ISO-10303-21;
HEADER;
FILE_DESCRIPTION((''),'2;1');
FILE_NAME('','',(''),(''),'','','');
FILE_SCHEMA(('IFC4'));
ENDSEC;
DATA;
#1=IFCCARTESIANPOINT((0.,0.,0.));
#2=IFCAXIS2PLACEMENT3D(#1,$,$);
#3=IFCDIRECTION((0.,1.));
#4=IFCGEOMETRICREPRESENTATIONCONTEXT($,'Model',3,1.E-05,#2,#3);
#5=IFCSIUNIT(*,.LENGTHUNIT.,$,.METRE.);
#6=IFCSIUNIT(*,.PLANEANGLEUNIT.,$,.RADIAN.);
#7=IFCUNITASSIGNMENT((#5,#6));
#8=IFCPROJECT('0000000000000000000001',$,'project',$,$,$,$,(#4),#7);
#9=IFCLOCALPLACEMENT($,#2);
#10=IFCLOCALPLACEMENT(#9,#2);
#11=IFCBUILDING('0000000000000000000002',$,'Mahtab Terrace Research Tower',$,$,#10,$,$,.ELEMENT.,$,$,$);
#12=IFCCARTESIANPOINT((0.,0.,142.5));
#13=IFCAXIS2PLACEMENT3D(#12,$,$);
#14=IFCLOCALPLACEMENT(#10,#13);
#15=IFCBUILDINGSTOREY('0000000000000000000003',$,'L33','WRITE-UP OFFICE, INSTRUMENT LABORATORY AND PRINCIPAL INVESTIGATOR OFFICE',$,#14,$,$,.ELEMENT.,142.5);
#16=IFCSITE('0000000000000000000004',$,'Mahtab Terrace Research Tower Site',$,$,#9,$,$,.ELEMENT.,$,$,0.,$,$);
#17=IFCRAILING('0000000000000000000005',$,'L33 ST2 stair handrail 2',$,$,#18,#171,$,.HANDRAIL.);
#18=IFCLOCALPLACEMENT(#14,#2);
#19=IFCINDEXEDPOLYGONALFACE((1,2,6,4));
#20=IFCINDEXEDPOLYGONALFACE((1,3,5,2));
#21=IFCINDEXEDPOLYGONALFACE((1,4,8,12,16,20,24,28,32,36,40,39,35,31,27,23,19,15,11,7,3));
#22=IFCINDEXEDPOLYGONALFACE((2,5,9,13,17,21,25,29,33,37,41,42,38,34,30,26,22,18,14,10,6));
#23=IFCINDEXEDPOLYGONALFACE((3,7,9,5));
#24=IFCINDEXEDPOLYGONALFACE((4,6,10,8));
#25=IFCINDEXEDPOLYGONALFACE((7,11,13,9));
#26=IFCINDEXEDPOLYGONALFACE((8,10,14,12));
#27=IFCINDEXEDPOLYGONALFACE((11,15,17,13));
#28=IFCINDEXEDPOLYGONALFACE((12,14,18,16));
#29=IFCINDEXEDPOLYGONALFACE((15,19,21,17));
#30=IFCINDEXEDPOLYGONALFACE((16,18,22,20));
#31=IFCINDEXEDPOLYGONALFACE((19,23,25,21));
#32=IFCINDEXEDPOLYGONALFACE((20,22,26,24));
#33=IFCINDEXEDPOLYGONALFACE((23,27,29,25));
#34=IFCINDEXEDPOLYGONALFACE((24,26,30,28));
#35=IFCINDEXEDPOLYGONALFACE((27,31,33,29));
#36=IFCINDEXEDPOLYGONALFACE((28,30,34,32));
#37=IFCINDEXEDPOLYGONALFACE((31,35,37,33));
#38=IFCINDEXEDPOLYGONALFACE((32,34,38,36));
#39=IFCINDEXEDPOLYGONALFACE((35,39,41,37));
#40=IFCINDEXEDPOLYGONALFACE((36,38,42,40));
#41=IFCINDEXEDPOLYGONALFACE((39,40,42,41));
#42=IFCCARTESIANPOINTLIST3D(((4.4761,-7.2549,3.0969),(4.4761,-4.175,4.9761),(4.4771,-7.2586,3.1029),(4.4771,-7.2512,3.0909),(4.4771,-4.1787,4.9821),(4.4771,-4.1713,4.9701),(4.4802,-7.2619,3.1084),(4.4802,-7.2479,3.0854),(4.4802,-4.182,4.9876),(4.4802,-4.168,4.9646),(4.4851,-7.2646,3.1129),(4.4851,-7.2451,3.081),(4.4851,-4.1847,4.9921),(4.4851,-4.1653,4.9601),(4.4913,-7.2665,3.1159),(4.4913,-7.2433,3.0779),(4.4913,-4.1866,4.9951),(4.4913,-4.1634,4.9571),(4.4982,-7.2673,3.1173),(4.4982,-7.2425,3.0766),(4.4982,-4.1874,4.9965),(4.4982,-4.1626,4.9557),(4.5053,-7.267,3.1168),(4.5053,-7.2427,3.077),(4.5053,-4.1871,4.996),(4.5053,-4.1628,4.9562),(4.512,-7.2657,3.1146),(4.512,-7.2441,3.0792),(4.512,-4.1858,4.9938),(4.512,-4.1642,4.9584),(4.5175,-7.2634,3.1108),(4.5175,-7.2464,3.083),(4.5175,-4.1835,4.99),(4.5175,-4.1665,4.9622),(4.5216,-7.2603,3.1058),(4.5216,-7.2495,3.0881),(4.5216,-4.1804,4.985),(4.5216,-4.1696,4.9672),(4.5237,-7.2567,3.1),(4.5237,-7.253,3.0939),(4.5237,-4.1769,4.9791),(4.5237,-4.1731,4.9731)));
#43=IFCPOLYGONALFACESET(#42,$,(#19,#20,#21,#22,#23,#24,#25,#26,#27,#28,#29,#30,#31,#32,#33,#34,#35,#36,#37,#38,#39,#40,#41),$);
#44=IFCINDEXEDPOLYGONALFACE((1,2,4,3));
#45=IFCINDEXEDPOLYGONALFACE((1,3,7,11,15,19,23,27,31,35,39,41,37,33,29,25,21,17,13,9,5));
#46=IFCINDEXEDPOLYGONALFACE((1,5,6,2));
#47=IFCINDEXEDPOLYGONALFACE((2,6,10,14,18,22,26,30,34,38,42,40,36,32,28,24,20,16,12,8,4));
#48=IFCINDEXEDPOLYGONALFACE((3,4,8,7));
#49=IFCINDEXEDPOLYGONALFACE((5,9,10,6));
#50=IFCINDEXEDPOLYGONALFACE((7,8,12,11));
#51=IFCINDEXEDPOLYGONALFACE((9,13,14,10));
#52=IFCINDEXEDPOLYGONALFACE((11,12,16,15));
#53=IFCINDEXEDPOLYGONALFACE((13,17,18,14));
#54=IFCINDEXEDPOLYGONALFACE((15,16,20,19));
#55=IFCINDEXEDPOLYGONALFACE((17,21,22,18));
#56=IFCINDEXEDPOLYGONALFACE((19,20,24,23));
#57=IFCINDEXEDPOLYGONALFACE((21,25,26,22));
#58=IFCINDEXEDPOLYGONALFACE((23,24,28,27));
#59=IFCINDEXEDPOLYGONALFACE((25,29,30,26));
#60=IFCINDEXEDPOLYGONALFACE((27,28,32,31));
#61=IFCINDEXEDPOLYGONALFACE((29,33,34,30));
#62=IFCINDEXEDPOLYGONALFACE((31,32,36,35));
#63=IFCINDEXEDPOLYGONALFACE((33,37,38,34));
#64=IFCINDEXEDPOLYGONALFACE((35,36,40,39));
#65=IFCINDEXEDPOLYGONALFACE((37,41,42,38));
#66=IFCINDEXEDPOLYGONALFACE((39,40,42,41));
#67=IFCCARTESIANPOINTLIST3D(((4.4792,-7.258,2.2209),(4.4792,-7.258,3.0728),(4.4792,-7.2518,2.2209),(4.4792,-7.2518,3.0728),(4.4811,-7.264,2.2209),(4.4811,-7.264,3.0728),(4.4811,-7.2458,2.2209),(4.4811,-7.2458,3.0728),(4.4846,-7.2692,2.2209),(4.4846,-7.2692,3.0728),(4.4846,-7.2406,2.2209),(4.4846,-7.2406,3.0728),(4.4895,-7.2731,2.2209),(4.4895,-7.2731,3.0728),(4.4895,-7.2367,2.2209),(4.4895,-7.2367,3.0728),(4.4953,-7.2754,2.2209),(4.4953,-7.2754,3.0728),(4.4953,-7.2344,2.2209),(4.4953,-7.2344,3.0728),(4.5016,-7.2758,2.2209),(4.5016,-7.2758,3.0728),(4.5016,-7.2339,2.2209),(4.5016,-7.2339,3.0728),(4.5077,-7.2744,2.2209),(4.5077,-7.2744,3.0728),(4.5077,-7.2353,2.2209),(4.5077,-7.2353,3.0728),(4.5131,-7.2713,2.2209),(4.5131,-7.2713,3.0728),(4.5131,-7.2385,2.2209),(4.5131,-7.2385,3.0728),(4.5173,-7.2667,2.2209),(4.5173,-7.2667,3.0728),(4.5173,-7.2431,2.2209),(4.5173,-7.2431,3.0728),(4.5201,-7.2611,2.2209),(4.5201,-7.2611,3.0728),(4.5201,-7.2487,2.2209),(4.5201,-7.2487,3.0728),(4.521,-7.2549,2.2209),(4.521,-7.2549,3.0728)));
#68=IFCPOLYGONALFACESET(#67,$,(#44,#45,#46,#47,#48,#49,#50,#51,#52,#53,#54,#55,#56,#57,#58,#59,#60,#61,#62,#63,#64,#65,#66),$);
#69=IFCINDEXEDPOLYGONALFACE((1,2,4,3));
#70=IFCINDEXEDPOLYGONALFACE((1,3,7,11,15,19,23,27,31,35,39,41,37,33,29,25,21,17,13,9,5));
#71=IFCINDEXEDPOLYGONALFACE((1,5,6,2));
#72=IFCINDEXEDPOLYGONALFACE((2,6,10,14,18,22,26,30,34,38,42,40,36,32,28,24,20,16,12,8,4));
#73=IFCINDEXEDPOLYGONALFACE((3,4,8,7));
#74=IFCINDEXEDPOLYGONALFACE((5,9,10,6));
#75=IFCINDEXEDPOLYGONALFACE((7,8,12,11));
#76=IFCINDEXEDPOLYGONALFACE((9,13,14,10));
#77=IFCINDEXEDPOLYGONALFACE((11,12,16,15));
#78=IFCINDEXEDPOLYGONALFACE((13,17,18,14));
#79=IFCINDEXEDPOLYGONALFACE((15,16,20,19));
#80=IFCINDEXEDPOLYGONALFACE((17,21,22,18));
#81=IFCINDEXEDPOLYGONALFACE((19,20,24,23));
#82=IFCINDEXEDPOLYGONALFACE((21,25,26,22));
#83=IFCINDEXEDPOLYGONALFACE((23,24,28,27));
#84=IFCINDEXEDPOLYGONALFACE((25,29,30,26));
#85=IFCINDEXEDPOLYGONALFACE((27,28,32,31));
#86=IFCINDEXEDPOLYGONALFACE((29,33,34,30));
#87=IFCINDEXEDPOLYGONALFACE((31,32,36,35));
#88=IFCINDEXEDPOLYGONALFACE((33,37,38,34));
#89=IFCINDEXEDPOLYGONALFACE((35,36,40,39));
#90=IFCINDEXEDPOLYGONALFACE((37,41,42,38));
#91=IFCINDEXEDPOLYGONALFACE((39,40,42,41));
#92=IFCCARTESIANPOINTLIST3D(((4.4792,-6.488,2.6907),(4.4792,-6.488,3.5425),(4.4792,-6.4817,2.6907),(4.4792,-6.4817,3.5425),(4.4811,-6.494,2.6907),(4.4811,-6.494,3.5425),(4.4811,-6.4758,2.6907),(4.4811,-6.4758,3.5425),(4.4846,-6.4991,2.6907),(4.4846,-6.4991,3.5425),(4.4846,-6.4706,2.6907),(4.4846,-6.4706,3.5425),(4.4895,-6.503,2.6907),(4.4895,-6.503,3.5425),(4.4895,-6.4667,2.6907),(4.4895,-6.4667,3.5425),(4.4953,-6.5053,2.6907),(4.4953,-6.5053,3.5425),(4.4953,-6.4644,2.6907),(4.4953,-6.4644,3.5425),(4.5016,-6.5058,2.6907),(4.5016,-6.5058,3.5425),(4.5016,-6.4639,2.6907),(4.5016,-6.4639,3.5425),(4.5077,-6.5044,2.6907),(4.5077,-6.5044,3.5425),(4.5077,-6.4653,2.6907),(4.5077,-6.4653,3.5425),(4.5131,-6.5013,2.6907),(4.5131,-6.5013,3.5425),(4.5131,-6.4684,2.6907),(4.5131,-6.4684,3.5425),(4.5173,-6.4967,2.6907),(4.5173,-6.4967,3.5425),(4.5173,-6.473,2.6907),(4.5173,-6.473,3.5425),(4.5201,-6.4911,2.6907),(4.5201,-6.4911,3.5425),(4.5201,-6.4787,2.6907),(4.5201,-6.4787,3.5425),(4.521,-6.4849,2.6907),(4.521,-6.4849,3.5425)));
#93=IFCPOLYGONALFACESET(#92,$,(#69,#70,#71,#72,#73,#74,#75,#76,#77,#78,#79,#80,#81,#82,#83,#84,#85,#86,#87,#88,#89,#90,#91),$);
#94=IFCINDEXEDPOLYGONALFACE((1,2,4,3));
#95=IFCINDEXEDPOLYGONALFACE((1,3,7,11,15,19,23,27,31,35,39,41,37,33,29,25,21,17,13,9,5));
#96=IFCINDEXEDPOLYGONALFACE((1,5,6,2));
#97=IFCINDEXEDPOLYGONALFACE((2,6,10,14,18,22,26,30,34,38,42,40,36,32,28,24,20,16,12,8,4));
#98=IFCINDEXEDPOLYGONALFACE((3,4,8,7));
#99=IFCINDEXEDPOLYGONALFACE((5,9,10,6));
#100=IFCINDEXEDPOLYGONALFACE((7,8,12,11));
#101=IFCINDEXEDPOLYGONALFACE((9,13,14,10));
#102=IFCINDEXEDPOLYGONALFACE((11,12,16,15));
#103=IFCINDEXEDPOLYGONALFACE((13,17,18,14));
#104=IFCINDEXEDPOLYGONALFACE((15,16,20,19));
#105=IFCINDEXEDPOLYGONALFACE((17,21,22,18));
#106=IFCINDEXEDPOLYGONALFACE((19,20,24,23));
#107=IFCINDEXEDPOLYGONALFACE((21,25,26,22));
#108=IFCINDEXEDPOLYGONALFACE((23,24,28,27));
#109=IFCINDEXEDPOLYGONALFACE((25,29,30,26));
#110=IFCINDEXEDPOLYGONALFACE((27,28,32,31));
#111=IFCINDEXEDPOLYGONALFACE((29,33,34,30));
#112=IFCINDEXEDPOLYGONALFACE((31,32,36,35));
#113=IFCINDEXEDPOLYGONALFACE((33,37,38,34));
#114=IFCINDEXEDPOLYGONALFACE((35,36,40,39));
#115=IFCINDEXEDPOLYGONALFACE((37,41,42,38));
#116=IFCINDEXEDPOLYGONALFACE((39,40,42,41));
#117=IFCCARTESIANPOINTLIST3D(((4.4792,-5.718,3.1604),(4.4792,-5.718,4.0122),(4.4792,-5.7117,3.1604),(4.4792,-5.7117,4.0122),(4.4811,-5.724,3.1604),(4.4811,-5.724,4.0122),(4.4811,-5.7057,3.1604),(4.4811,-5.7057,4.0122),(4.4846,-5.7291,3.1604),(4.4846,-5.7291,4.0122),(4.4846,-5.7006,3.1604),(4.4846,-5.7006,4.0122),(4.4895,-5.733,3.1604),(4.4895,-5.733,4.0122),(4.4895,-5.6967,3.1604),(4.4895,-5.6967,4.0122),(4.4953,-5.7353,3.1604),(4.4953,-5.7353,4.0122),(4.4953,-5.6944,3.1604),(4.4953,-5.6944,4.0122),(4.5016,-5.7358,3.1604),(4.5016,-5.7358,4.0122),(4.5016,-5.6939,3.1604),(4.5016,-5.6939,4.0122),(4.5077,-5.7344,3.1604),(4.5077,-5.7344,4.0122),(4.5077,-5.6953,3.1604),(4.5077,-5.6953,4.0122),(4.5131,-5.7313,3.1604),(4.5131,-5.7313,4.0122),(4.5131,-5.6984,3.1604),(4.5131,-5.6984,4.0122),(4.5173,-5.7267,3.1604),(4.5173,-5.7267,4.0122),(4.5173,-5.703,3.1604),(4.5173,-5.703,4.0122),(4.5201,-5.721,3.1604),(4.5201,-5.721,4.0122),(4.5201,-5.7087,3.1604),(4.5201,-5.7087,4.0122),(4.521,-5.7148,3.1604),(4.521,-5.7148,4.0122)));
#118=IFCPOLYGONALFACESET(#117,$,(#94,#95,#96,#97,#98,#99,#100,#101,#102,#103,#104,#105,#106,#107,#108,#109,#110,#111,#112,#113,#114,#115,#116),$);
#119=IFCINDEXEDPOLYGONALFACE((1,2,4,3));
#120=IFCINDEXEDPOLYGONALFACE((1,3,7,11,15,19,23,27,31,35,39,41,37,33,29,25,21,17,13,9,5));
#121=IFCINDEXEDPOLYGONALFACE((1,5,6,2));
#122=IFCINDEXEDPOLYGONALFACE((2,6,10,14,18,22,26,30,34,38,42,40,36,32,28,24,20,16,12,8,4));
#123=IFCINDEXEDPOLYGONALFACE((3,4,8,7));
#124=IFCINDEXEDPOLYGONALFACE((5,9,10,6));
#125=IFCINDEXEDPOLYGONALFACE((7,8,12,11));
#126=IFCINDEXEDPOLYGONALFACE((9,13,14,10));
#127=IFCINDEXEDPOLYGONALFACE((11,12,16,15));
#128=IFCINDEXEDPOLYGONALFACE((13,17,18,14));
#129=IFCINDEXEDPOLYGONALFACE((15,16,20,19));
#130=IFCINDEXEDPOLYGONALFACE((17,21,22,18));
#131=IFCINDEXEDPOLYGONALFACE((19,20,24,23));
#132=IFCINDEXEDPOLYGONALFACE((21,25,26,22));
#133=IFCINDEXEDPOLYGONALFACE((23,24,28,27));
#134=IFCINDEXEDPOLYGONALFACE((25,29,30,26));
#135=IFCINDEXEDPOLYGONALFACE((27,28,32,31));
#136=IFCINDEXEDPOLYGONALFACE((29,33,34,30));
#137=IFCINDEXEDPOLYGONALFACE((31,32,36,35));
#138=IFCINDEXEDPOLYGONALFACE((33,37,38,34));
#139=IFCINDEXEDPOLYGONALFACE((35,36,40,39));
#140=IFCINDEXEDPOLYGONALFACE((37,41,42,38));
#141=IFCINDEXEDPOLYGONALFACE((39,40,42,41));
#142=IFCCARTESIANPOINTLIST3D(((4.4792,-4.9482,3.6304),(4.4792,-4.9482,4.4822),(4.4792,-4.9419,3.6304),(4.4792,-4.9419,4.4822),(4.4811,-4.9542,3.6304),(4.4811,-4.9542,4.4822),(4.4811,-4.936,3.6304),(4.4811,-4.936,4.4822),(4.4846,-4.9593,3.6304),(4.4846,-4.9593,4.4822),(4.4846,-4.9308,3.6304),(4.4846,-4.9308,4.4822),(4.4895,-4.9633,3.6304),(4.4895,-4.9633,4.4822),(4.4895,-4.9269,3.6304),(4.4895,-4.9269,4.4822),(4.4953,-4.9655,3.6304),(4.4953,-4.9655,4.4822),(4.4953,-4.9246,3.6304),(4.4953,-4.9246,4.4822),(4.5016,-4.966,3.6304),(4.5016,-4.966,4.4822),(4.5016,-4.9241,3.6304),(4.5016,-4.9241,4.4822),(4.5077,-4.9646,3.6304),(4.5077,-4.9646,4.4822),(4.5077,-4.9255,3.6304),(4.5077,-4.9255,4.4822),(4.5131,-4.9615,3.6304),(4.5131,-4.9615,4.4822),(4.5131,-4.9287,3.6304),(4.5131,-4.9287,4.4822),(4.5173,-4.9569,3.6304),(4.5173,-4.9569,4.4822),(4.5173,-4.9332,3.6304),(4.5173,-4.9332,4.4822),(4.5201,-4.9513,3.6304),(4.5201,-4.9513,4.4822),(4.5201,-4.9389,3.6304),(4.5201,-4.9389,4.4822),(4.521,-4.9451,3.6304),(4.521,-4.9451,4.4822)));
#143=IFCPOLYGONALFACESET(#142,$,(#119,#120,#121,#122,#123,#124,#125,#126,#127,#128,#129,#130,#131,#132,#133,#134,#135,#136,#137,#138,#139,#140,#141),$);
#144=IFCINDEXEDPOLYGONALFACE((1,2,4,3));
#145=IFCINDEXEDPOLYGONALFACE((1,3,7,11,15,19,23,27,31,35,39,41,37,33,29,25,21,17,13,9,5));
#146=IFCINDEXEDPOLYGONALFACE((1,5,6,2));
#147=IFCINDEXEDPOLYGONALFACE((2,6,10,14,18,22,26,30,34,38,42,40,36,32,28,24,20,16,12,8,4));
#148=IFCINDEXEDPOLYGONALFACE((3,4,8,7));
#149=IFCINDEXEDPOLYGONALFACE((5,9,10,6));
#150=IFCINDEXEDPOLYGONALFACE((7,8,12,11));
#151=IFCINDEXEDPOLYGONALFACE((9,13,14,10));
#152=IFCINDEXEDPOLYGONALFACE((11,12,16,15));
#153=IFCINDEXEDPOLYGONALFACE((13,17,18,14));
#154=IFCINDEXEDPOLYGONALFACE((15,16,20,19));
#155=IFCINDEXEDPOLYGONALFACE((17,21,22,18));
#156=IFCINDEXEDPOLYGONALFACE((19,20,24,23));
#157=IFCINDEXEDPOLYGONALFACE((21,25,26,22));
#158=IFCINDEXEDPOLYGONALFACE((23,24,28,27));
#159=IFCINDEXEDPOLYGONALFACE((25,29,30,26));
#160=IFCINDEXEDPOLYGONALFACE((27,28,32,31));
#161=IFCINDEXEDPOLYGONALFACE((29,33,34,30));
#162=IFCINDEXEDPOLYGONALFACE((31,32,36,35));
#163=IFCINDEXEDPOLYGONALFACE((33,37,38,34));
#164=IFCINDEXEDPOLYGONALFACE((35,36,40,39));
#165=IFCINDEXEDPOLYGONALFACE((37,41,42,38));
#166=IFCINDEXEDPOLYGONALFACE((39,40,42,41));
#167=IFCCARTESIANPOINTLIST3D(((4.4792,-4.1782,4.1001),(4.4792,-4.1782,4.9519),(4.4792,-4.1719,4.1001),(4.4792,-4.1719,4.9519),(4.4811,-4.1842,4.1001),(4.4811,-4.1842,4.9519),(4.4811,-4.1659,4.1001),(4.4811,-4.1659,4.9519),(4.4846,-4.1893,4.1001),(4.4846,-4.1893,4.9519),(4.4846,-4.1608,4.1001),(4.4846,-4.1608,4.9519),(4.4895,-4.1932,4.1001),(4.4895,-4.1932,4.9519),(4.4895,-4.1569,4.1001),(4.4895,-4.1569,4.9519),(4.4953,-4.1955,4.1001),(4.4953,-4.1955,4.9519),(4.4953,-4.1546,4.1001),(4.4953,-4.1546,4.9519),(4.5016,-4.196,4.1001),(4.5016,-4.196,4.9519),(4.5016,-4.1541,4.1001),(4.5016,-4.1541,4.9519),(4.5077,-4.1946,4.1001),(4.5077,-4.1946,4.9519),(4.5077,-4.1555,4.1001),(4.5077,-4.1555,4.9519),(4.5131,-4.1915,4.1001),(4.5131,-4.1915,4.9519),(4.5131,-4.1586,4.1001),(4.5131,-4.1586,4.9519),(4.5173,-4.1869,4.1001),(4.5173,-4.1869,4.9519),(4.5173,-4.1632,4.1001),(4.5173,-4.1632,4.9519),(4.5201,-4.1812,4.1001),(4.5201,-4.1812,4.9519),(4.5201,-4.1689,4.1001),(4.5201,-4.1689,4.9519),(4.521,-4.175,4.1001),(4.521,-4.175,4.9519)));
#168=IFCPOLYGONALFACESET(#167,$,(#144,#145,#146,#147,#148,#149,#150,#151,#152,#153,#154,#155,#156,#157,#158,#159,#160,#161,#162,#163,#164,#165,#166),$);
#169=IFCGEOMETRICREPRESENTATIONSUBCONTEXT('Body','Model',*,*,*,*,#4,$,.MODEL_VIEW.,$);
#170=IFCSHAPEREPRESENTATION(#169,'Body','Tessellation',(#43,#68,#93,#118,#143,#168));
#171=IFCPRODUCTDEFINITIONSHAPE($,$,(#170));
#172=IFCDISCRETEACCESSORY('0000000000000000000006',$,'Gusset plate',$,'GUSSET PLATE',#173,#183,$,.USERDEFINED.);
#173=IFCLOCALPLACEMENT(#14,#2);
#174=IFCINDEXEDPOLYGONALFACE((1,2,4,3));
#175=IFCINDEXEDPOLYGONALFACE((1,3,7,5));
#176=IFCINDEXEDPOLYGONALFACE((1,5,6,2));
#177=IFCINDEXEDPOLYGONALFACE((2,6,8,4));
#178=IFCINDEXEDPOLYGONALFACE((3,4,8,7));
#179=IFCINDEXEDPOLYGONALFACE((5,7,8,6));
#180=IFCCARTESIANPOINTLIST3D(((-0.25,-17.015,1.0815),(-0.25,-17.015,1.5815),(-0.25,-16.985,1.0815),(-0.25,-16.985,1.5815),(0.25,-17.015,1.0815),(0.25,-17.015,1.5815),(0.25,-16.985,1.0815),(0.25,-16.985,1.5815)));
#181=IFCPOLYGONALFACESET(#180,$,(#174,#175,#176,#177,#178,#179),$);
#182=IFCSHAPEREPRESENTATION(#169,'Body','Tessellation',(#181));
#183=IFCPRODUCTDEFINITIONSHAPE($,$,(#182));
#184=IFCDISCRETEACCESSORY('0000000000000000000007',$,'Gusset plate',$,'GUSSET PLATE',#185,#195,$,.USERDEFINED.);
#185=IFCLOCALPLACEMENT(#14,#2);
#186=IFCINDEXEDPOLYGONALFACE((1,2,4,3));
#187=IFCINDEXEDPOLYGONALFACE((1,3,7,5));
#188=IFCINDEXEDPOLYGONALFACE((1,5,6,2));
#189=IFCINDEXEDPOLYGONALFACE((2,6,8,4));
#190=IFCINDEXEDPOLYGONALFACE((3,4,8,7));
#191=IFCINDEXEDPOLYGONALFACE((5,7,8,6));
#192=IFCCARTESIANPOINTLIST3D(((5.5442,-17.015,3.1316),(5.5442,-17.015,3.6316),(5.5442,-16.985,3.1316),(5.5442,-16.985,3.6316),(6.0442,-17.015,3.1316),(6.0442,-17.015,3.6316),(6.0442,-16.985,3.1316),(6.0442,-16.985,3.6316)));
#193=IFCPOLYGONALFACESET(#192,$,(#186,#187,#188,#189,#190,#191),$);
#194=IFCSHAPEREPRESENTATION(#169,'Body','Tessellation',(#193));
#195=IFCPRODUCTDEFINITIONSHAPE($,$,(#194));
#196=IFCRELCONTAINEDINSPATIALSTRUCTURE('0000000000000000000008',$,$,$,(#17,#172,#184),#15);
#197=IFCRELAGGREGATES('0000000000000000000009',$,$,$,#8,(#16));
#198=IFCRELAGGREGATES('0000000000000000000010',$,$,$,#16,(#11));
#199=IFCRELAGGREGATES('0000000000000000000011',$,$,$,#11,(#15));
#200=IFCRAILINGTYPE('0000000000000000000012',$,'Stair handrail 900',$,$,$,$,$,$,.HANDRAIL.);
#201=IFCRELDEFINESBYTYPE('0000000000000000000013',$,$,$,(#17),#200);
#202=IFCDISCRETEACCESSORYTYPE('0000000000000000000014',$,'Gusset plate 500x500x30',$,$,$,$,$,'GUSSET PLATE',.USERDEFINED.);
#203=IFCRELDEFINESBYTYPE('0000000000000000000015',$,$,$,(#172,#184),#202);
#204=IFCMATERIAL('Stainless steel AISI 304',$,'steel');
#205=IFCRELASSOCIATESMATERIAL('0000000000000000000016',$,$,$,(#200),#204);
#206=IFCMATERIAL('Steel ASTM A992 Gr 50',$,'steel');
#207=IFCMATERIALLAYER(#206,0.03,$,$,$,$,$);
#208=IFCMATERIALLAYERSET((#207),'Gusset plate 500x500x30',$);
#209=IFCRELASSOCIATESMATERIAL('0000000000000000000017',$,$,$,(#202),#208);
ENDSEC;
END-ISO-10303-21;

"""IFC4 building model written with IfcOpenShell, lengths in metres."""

from ifc_helpers import new_model, si_unit, direction, frame, origin, origin_2d, place, context, subcontext, project, spatial, rectangle, circle, extrude, material, layer, layer_set, type_object, element, save


model = new_model("IFC4")

# Units and contexts
model_context = context("Model", 3, precision=1e-05, world=origin(), true_north=direction((0.0, 1.0)))
body_context = subcontext(model_context, "Body", "Model", "MODEL_VIEW")
ifc_project = project(units=[si_unit("LENGTHUNIT", "METRE"), si_unit("PLANEANGLEUNIT", "RADIAN")], contexts=[model_context])

# Site, building, storey
site_placement = place(None, origin())
site = spatial("IfcSite", under=ifc_project, at=site_placement, Name="Mahtab Terrace Research Tower Site", CompositionType="ELEMENT", RefElevation=0.0)
building_placement = place(site_placement, origin())
building = spatial("IfcBuilding", under=site, at=building_placement, Name="Mahtab Terrace Research Tower", CompositionType="ELEMENT")
storey_placement = place(building_placement, frame((0.0, 0.0, 142.5)))
storey = spatial("IfcBuildingStorey", under=building, at=storey_placement, Name="L33", Description="WRITE-UP OFFICE, INSTRUMENT LABORATORY AND PRINCIPAL INVESTIGATOR OFFICE", CompositionType="ELEMENT", Elevation=142.5)

# Shared definitions
ifc_material_1 = material(Name="Steel ASTM A992 Gr 50", Category="steel")

# Railing
ifc_material_2 = material(Name="Stainless steel AISI 304", Category="steel")
railing_type_1 = type_object("IfcRailingType", Name="Stair handrail 900", PredefinedType="HANDRAIL", material=ifc_material_2)
railing_1_placement = place(storey_placement, frame((4.5, -7.2549, 2.2209)))
element("IfcRailing", 1, at=railing_1_placement, inside=storey, type_object=railing_type_1, Name="L33 ST2 stair handrail 2", PredefinedType="HANDRAIL", context=body_context, shape_type="SweptSolid", body=[
    extrude(circle(Radius=0.0239, at=origin_2d()), frame((0.0, 0.0, 0.876), z_axis=(0.0, 0.853648, 0.52085), x_axis=(-1.0, 0.0, 0.0)), (0.0, 0.0, 1.0), 3.6079),
    extrude(circle(Radius=0.021, at=origin_2d()), origin(), (0.0, 0.0, 1.0), 0.8518),
    extrude(circle(Radius=0.021, at=origin_2d()), frame((0.0, 0.77, 0.4697)), (0.0, 0.0, 1.0), 0.8518),
    extrude(circle(Radius=0.021, at=origin_2d()), frame((0.0, 1.54, 0.9395)), (0.0, 0.0, 1.0), 0.8518),
    extrude(circle(Radius=0.021, at=origin_2d()), frame((0.0, 2.3098, 1.4094)), (0.0, 0.0, 1.0), 0.8518),
    extrude(circle(Radius=0.021, at=origin_2d()), frame((0.0, 3.0798, 1.8792)), (0.0, 0.0, 1.0), 0.8518),
])

# Discrete accessories
ifc_layer_1 = layer(ifc_material_1, 0.03)
ifc_layer_set_1 = layer_set([ifc_layer_1], Name="Gusset plate 500x500x30")
discrete_accessory_type = type_object("IfcDiscreteAccessoryType", Name="Gusset plate 500x500x30", ElementType="GUSSET PLATE", PredefinedType="USERDEFINED", material=ifc_layer_set_1)
for number, where, z_axis, x_axis, name in (
    (2, (0.0, -17.0, 1.0815), (0.0, 0.0, 1.0), (1.0, 0.0, 0.0), "Gusset plate"),
    (3, (5.7942, -17.0, 3.1316), (0.0, 0.0, 1.0), (1.0, 0.0, 0.0), "Gusset plate"),
):
    element("IfcDiscreteAccessory", number, at=place(storey_placement, frame(where, z_axis=z_axis, x_axis=x_axis)), inside=storey, type_object=discrete_accessory_type, Name=name, ObjectType="GUSSET PLATE", PredefinedType="USERDEFINED", context=body_context, shape_type="SweptSolid", body=[
        extrude(rectangle(XDim=0.5, YDim=0.03, at=origin_2d()), origin(), (0.0, 0.0, 1.0), 0.5),
    ])

save(model, "model.ifc")
